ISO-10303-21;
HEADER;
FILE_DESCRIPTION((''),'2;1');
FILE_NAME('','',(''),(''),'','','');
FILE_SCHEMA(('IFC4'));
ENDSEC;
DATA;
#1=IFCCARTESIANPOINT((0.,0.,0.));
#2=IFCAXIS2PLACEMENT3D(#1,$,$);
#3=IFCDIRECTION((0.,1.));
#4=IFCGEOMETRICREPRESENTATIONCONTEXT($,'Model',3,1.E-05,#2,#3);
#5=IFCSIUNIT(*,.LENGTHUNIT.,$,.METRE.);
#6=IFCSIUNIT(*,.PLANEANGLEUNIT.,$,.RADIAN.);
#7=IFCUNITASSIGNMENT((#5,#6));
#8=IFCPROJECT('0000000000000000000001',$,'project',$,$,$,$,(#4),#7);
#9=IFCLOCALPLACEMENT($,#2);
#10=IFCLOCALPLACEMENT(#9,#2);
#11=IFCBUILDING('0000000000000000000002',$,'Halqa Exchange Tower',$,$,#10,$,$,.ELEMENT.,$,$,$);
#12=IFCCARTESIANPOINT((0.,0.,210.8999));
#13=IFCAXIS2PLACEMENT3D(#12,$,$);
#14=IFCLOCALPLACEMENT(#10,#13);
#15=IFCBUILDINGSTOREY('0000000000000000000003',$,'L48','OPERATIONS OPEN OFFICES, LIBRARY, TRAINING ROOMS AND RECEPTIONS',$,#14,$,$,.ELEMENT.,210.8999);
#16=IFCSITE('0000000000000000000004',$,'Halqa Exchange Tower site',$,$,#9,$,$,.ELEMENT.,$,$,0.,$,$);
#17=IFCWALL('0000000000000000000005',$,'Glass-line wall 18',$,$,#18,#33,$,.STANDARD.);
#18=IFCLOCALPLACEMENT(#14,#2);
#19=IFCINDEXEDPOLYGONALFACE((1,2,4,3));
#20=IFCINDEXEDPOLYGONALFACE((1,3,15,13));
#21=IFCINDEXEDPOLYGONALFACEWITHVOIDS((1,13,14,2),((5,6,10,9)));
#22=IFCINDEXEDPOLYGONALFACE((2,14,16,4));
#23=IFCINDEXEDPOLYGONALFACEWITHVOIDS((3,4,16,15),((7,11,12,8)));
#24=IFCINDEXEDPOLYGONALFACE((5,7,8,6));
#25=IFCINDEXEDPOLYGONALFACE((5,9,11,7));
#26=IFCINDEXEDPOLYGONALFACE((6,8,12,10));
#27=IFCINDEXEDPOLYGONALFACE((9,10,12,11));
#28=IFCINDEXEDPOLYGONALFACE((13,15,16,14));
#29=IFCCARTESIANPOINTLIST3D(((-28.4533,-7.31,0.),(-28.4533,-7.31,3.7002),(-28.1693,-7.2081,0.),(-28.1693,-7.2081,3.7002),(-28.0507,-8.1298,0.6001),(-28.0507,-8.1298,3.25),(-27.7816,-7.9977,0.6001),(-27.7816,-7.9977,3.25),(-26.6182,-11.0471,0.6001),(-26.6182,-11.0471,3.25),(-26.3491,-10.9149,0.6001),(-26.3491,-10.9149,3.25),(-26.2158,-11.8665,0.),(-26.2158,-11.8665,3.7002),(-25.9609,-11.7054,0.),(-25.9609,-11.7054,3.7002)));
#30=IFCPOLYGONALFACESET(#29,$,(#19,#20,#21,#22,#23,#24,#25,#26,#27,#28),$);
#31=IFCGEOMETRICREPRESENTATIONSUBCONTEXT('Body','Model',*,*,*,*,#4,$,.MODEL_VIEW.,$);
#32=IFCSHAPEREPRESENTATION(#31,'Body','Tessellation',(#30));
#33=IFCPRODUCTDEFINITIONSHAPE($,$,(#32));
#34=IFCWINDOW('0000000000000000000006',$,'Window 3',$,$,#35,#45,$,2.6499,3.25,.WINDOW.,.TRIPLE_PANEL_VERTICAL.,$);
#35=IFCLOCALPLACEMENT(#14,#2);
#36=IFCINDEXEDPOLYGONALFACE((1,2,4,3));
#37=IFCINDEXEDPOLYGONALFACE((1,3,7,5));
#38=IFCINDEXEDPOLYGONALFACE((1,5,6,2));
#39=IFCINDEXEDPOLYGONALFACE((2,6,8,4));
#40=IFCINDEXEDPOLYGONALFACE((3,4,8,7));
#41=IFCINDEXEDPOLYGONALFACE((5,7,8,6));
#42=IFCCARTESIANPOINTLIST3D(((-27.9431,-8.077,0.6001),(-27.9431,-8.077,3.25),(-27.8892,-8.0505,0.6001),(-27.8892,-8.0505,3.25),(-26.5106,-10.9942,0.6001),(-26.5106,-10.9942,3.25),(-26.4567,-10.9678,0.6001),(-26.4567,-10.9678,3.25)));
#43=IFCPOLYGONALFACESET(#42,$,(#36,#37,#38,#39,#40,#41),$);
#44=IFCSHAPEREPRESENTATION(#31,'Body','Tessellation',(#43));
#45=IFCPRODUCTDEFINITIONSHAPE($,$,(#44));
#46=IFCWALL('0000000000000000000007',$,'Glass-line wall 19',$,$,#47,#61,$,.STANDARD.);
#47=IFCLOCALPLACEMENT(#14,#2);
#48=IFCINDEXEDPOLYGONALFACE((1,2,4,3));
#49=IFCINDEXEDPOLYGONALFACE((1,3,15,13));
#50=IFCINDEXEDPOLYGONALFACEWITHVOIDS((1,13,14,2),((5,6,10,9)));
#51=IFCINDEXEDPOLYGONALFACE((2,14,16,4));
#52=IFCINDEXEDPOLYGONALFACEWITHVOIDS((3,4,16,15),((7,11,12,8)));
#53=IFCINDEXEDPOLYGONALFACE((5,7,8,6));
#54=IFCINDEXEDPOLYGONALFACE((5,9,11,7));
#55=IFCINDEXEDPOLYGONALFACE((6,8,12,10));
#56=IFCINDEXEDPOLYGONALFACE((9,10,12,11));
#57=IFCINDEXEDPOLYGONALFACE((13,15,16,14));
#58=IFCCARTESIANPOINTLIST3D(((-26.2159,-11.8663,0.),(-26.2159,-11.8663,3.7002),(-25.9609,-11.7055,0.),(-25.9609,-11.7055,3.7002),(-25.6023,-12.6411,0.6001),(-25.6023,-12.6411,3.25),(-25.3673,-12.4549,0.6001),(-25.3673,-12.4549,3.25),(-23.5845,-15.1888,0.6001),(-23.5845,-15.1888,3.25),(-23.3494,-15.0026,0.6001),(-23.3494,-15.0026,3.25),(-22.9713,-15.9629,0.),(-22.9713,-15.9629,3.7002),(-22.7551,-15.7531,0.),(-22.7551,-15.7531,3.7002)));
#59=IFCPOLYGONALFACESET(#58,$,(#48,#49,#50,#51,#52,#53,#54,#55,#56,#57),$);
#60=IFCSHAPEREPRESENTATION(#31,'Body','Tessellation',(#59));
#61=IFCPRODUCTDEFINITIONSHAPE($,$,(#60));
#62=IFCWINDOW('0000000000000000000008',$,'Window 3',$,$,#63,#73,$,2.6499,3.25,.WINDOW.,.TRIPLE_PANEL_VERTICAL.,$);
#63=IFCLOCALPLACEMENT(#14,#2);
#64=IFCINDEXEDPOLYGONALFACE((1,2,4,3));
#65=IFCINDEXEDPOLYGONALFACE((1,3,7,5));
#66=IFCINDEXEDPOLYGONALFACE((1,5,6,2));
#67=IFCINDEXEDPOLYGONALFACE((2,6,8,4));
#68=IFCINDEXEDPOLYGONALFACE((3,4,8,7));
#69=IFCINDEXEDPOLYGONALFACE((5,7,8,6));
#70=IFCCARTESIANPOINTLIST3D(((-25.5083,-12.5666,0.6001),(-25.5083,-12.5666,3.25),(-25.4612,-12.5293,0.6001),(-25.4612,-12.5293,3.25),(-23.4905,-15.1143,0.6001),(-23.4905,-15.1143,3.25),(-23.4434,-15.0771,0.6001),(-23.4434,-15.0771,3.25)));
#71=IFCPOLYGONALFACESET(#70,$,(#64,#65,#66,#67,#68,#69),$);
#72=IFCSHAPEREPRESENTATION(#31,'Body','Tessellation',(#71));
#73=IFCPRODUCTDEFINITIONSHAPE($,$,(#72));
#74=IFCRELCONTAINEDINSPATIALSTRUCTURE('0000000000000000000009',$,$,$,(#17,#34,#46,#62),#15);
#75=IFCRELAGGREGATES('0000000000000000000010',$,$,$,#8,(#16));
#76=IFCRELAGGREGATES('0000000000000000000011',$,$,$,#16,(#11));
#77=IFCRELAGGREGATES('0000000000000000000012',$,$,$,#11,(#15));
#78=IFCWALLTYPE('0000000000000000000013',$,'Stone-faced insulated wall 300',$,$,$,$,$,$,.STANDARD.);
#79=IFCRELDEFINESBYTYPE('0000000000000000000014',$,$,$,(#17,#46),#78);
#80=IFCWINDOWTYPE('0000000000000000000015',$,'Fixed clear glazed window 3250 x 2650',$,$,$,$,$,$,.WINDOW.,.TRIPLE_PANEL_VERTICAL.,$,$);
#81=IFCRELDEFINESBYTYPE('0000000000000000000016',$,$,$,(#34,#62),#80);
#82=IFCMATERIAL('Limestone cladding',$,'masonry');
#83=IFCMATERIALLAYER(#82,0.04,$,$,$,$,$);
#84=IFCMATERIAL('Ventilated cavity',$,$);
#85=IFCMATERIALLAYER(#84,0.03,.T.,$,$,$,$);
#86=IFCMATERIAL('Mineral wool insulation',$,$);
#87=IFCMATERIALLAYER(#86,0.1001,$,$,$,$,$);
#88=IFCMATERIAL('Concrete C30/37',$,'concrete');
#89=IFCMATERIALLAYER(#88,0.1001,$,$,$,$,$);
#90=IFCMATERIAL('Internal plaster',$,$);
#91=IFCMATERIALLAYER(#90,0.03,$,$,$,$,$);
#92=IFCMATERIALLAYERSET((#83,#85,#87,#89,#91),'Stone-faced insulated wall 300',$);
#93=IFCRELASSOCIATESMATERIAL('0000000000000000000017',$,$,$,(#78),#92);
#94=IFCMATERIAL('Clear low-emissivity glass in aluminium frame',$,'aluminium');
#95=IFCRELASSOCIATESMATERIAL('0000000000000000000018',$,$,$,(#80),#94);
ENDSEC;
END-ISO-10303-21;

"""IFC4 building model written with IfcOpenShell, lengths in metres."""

from ifc_helpers import new_model, si_unit, direction, frame, frame_2d, origin, place, context, subcontext, project, spatial, polyline, rectangle, outline, extrude, material, layer, layer_set, type_object, element, fill, save


model = new_model("IFC4")

# Units and contexts
model_context = context("Model", 3, precision=1e-05, world=origin(), true_north=direction((0.0, 1.0)))
body_context = subcontext(model_context, "Body", "Model", "MODEL_VIEW")
ifc_project = project(units=[si_unit("LENGTHUNIT", "METRE"), si_unit("PLANEANGLEUNIT", "RADIAN")], contexts=[model_context])

# Site, building, storey
site_placement = place(None, origin())
site = spatial("IfcSite", under=ifc_project, at=site_placement, Name="Halqa Exchange Tower site", CompositionType="ELEMENT", RefElevation=0.0)
building_placement = place(site_placement, origin())
building = spatial("IfcBuilding", under=site, at=building_placement, Name="Halqa Exchange Tower", CompositionType="ELEMENT")
storey_placement = place(building_placement, frame((0.0, 0.0, 210.8999)))
storey = spatial("IfcBuildingStorey", under=building, at=storey_placement, Name="L48", Description="OPERATIONS OPEN OFFICES, LIBRARY, TRAINING ROOMS AND RECEPTIONS", CompositionType="ELEMENT", Elevation=210.8999)

# Walls, openings, windows
ifc_material_1 = material(Name="Limestone cladding", Category="masonry")
ifc_layer_1 = layer(ifc_material_1, 0.04)
ifc_material_2 = material(Name="Ventilated cavity")
ifc_layer_2 = layer(ifc_material_2, 0.03, ventilated=True)
ifc_material_3 = material(Name="Mineral wool insulation")
ifc_layer_3 = layer(ifc_material_3, 0.1001)
ifc_material_4 = material(Name="Concrete C30/37", Category="concrete")
ifc_layer_4 = layer(ifc_material_4, 0.1001)
ifc_material_5 = material(Name="Internal plaster")
ifc_layer_5 = layer(ifc_material_5, 0.03)
ifc_layer_set_1 = layer_set([ifc_layer_1, ifc_layer_2, ifc_layer_3, ifc_layer_4, ifc_layer_5], Name="Stone-faced insulated wall 300")
wall_type_1 = type_object("IfcWallType", Name="Stone-faced insulated wall 300", PredefinedType="STANDARD", material=ifc_layer_set_1)
ifc_material_6 = material(Name="Clear low-emissivity glass in aluminium frame", Category="aluminium")
window_type = type_object("IfcWindowType", Name="Fixed clear glazed window 3250 x 2650", PartitioningType="TRIPLE_PANEL_VERTICAL", PredefinedType="WINDOW", material=ifc_material_6)
wall_1_placement = place(storey_placement, frame((-28.3113, -7.259, 0.0), z_axis=(0.0, 0.0, 1.0), x_axis=(0.440773, -0.897619, 0.0)))
wall_1 = element("IfcWall", 1, at=wall_1_placement, inside=storey, type_object=wall_type_1, Name="Glass-line wall 18", PredefinedType="STANDARD", context=body_context, shape_type="SweptSolid", body=[
    extrude(outline(polyline([(-0.0168, -0.1499), (5.0593, -0.1499), (5.0271, 0.1499), (0.0168, 0.1499), (-0.0168, -0.1499)])), origin(), (0.0, 0.0, 1.0), 3.7002),
])
opening_1_placement = place(wall_1_placement, frame((0.8965, 0.0, 0.6001)))
opening_1 = element("IfcOpeningElement", 2, at=opening_1_placement, cuts=wall_1, PredefinedType="OPENING", context=body_context, shape_type="SweptSolid", body=[
    extrude(rectangle(XDim=3.25, YDim=2.6499, at=frame_2d((1.625, 1.325))), frame((0.0, 0.1621, 0.0), z_axis=(0.0, -1.0, 0.0), x_axis=(1.0, 0.0, 0.0)), (0.0, 0.0, 1.0), 0.324),
])
window_1_placement = place(opening_1_placement, origin())
window_1 = element("IfcWindow", 3, at=window_1_placement, inside=storey, type_object=window_type, Name="Window 3", OverallHeight=2.6499, OverallWidth=3.25, PartitioningType="TRIPLE_PANEL_VERTICAL", PredefinedType="WINDOW", context=body_context, shape_type="SweptSolid", body=[
    extrude(rectangle(XDim=3.25, YDim=2.6499, at=frame_2d((1.625, 1.325))), frame((0.0, 0.03, 0.0), z_axis=(0.0, -1.0, 0.0), x_axis=(1.0, 0.0, 0.0)), (0.0, 0.0, 1.0), 0.0601),
])
fill(opening_1, window_1)
wall_2_placement = place(storey_placement, frame((-26.0884, -11.7859, 0.0), z_axis=(0.0, 0.0, 1.0), x_axis=(0.62087, -0.783913, 0.0)))
wall_2 = element("IfcWall", 4, at=wall_2_placement, inside=storey, type_object=wall_type_1, Name="Glass-line wall 19", PredefinedType="STANDARD", context=body_context, shape_type="SweptSolid", body=[
    extrude(outline(polyline([(-0.0161, -0.1499), (5.2097, -0.1499), (5.1794, 0.1499), (0.0161, 0.1499), (-0.0161, -0.1499)])), origin(), (0.0, 0.0, 1.0), 3.7002),
])
opening_2_placement = place(wall_2_placement, frame((0.9722, 0.0, 0.6001)))
opening_2 = element("IfcOpeningElement", 5, at=opening_2_placement, cuts=wall_2, PredefinedType="OPENING", context=body_context, shape_type="SweptSolid", body=[
    extrude(rectangle(XDim=3.25, YDim=2.6499, at=frame_2d((1.625, 1.325))), frame((0.0, 0.1621, 0.0), z_axis=(0.0, -1.0, 0.0), x_axis=(1.0, 0.0, 0.0)), (0.0, 0.0, 1.0), 0.324),
])
window_2_placement = place(opening_2_placement, origin())
window_2 = element("IfcWindow", 6, at=window_2_placement, inside=storey, type_object=window_type, Name="Window 3", OverallHeight=2.6499, OverallWidth=3.25, PartitioningType="TRIPLE_PANEL_VERTICAL", PredefinedType="WINDOW", context=body_context, shape_type="SweptSolid", body=[
    extrude(rectangle(XDim=3.25, YDim=2.6499, at=frame_2d((1.625, 1.325))), frame((0.0, 0.03, 0.0), z_axis=(0.0, -1.0, 0.0), x_axis=(1.0, 0.0, 0.0)), (0.0, 0.0, 1.0), 0.0601),
])
fill(opening_2, window_2)

save(model, "model.ifc")
